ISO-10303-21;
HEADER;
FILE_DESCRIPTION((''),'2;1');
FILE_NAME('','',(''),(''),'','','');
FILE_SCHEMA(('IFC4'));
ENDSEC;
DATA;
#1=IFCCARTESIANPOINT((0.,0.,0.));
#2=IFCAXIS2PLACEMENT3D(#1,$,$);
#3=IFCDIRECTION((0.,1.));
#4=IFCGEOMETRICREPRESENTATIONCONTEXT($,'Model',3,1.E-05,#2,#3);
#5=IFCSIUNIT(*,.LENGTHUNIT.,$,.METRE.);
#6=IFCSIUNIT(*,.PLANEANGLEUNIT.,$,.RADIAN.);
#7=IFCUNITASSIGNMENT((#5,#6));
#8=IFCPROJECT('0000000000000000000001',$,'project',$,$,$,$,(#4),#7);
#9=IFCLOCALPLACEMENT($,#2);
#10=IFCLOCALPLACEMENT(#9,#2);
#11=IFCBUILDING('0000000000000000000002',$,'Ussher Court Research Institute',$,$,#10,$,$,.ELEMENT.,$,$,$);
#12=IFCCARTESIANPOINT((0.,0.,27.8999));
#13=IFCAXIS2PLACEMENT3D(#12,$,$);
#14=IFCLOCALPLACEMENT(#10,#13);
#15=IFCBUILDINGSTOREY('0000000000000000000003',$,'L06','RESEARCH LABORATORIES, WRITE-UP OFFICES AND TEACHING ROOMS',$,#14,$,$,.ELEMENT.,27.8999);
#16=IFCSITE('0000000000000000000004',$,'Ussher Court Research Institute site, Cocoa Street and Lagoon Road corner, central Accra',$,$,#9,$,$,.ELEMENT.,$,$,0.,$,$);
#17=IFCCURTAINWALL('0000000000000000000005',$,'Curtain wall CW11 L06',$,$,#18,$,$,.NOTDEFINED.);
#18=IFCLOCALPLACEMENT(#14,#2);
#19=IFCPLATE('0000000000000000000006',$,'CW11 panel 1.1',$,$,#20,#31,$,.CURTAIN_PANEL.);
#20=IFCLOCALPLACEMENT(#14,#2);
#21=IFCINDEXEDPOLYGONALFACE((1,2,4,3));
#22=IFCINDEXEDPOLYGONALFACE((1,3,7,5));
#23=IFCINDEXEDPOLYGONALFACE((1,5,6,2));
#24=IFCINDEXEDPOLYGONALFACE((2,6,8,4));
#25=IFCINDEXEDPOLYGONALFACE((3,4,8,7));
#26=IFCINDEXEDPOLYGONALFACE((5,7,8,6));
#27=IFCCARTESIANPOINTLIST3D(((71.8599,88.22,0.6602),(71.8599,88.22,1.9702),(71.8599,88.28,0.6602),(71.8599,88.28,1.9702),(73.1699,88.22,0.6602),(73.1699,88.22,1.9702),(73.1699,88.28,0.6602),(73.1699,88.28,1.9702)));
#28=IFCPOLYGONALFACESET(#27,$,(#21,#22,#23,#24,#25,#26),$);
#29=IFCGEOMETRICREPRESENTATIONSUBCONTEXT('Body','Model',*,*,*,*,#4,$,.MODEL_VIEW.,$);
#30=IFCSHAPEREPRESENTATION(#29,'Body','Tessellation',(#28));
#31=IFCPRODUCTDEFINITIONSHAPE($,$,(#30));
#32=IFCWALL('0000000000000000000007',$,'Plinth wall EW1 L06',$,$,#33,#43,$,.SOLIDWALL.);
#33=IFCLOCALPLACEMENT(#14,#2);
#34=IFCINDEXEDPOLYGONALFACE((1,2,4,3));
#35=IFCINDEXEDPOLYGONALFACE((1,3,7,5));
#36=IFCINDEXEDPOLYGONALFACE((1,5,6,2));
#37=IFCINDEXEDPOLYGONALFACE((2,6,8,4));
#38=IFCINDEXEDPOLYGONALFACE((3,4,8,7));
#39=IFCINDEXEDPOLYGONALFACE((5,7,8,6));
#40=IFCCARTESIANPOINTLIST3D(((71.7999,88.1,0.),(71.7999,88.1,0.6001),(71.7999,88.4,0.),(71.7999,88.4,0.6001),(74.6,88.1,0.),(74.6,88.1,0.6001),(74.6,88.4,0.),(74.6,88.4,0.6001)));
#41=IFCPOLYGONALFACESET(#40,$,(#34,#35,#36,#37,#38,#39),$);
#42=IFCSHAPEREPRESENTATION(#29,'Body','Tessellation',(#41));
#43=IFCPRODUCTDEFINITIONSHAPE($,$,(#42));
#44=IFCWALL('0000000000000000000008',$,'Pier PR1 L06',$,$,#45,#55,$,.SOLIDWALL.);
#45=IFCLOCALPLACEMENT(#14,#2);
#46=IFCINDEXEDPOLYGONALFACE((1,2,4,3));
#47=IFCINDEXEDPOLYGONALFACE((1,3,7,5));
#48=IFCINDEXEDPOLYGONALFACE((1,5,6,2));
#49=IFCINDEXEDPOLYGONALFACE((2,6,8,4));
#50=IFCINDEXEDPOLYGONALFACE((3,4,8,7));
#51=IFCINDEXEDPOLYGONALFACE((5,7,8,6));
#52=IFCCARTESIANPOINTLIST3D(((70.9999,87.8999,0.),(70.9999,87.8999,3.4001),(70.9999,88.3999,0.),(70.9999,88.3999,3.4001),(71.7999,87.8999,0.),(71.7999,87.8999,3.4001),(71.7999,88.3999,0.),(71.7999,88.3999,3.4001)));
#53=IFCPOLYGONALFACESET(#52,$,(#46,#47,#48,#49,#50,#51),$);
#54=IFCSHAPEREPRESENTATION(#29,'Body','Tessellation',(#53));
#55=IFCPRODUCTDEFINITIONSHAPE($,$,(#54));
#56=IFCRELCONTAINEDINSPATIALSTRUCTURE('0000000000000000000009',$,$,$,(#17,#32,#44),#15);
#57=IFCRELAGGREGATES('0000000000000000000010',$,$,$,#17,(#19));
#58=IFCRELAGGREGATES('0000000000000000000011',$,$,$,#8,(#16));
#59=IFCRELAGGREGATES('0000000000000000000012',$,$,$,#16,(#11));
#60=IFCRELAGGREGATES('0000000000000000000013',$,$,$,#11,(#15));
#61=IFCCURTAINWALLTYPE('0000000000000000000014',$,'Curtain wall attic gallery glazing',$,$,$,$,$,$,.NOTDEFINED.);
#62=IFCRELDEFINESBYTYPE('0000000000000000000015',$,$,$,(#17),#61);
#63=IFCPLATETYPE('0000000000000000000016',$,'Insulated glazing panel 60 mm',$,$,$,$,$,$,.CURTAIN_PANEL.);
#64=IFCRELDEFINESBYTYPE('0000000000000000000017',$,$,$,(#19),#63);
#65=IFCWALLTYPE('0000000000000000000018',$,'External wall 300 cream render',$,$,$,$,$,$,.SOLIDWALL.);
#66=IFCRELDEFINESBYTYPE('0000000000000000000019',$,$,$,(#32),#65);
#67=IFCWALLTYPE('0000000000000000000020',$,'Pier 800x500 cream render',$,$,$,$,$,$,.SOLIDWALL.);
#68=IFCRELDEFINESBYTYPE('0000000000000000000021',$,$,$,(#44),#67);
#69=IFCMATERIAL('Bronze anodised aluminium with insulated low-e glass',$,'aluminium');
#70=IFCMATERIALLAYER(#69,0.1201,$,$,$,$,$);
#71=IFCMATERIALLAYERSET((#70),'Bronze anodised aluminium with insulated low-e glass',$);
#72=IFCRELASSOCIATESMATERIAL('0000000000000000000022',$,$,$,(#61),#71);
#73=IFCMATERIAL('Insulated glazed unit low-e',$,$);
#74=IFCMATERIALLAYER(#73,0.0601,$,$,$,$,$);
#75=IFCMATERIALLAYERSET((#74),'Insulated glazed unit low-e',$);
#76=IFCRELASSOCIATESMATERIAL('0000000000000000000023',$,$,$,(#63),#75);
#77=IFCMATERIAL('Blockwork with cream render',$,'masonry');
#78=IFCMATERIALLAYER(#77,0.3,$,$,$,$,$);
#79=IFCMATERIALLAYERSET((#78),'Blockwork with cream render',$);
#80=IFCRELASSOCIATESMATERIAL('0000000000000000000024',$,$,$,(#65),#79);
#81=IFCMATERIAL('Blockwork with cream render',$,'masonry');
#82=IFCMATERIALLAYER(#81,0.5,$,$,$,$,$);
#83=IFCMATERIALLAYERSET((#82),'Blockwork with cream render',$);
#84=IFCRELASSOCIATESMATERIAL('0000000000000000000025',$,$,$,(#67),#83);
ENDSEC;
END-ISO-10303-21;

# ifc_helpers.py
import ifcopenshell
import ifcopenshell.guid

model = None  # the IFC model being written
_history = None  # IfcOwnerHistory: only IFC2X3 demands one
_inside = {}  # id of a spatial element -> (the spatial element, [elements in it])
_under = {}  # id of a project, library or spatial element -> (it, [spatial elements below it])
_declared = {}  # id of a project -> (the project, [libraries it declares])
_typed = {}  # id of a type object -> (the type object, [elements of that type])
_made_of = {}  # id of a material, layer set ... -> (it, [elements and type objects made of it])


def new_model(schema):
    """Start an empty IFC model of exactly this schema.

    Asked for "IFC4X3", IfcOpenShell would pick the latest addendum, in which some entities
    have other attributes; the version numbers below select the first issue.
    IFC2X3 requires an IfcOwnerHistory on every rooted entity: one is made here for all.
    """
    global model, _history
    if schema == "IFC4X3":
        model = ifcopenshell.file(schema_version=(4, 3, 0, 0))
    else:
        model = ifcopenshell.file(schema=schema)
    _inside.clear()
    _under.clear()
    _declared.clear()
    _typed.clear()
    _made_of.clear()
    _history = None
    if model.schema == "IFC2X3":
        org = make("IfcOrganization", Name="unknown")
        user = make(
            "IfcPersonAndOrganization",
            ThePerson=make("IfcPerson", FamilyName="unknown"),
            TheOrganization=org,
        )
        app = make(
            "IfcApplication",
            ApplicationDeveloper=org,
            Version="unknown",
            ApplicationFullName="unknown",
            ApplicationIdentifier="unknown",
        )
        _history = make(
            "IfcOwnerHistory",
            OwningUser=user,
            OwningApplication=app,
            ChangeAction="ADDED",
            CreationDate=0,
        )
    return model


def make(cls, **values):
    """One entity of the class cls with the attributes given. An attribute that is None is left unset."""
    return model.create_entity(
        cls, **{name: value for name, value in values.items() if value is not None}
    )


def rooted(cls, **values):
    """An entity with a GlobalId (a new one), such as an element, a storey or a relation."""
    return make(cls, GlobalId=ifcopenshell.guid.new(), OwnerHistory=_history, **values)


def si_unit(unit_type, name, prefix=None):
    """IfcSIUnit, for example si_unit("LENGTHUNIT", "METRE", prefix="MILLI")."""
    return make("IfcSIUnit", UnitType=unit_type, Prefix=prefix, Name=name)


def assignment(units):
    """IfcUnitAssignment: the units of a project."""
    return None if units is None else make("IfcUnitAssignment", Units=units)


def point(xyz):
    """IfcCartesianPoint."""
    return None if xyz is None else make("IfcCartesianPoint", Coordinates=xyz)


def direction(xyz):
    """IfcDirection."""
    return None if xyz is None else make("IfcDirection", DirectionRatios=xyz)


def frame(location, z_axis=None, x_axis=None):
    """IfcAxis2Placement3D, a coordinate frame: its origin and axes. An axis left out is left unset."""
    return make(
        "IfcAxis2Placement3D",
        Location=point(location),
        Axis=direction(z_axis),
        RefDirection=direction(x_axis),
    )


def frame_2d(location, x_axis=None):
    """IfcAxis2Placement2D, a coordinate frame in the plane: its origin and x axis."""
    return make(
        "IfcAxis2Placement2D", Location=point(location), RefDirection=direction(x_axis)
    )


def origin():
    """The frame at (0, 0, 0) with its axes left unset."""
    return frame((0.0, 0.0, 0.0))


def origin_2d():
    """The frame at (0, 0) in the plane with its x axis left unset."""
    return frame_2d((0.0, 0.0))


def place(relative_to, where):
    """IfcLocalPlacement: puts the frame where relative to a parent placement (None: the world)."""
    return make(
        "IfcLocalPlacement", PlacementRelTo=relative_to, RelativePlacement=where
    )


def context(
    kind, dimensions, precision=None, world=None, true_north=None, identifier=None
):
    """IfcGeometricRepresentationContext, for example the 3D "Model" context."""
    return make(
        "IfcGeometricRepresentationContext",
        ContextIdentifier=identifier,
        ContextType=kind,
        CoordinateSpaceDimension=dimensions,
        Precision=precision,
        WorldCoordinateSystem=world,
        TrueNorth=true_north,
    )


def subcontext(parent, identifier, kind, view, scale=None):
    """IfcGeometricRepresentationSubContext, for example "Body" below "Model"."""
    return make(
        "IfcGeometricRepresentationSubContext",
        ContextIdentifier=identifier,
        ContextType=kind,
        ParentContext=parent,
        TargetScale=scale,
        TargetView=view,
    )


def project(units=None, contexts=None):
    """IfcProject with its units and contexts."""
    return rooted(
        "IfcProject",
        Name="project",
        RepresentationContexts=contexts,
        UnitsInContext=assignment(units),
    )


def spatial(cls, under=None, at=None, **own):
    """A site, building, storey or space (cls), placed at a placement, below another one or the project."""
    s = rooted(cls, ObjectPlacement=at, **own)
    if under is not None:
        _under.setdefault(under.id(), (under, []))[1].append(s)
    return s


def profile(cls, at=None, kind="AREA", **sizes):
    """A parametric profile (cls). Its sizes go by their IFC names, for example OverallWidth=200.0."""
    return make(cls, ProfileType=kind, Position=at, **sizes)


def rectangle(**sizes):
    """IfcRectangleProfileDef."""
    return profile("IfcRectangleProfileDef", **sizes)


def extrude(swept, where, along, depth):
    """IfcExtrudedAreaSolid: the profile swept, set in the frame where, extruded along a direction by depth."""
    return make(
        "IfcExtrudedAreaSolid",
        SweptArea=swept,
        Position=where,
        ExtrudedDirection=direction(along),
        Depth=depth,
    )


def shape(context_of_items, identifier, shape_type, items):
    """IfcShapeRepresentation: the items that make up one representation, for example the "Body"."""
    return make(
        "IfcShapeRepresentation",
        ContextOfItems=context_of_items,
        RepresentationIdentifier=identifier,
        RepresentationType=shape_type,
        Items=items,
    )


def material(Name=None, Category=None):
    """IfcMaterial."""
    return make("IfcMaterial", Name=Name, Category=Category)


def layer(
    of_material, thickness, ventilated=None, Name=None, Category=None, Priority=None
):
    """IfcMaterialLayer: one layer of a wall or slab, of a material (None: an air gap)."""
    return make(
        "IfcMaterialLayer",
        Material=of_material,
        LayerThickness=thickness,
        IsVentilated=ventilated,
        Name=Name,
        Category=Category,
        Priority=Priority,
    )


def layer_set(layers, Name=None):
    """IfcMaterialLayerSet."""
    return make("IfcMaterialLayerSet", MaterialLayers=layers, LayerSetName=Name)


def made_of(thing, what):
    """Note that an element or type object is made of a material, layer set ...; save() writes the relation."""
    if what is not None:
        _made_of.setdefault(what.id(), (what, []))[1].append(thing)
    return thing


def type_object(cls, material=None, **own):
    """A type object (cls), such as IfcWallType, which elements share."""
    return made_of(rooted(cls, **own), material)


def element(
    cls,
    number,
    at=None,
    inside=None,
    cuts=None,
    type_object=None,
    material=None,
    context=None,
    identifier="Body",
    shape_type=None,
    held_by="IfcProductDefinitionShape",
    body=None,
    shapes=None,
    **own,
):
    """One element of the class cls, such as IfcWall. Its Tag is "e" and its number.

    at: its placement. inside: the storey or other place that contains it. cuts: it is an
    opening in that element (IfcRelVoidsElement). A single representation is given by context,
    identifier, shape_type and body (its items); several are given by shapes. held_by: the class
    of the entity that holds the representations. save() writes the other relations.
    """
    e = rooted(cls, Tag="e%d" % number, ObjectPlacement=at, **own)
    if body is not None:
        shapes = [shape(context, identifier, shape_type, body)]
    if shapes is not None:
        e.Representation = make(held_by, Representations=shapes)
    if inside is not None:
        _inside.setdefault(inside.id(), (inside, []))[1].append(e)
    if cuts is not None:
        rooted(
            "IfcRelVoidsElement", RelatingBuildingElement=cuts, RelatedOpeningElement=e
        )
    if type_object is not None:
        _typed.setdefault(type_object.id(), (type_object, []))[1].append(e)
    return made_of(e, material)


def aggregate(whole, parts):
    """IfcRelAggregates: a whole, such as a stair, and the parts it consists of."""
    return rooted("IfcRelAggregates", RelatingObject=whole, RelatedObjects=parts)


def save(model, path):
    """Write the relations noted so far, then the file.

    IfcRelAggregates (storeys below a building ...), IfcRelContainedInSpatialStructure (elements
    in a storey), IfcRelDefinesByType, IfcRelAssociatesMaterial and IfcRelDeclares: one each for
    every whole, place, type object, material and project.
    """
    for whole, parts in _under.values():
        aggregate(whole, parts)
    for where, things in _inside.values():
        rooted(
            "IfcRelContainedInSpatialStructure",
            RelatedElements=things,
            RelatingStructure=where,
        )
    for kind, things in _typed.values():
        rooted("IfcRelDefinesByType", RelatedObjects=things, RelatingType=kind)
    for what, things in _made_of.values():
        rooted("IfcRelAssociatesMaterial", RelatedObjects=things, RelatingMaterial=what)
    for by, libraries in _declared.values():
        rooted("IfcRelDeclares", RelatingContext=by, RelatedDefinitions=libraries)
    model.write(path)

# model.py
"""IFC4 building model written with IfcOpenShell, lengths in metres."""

from ifc_helpers import new_model, si_unit, direction, frame, frame_2d, origin, origin_2d, place, context, subcontext, project, spatial, rectangle, extrude, material, layer, layer_set, type_object, element, aggregate, save


model = new_model("IFC4")

# Units and contexts
model_context = context("Model", 3, precision=1e-05, world=origin(), true_north=direction((0.0, 1.0)))
body_context = subcontext(model_context, "Body", "Model", "MODEL_VIEW")
ifc_project = project(units=[si_unit("LENGTHUNIT", "METRE"), si_unit("PLANEANGLEUNIT", "RADIAN")], contexts=[model_context])

# Site, building, storey
site_placement = place(None, origin())
site = spatial("IfcSite", under=ifc_project, at=site_placement, Name="Ussher Court Research Institute site, Cocoa Street and Lagoon Road corner, central Accra", CompositionType="ELEMENT", RefElevation=0.0)
building_placement = place(site_placement, origin())
building = spatial("IfcBuilding", under=site, at=building_placement, Name="Ussher Court Research Institute", CompositionType="ELEMENT")
storey_placement = place(building_placement, frame((0.0, 0.0, 27.8999)))
storey = spatial("IfcBuildingStorey", under=building, at=storey_placement, Name="L06", Description="RESEARCH LABORATORIES, WRITE-UP OFFICES AND TEACHING ROOMS", CompositionType="ELEMENT", Elevation=27.8999)

# Shared definitions
ifc_material_1 = material(Name="Bronze anodised aluminium with insulated low-e glass", Category="aluminium")
ifc_layer_1 = layer(ifc_material_1, 0.1201)
ifc_layer_set_1 = layer_set([ifc_layer_1], Name="Bronze anodised aluminium with insulated low-e glass")
curtain_wall_type = type_object("IfcCurtainWallType", Name="Curtain wall attic gallery glazing", PredefinedType="NOTDEFINED", material=ifc_layer_set_1)

# Curtain wall
curtain_wall_1_placement = place(storey_placement, origin())
curtain_wall_1 = element("IfcCurtainWall", 1, at=curtain_wall_1_placement, inside=storey, type_object=curtain_wall_type, Name="Curtain wall CW11 L06", PredefinedType="NOTDEFINED")

# Plate
ifc_material_2 = material(Name="Insulated glazed unit low-e")
ifc_layer_2 = layer(ifc_material_2, 0.0601)
ifc_layer_set_2 = layer_set([ifc_layer_2], Name="Insulated glazed unit low-e")
plate_type = type_object("IfcPlateType", Name="Insulated glazing panel 60 mm", PredefinedType="CURTAIN_PANEL", material=ifc_layer_set_2)
plate_1_placement = place(storey_placement, frame((72.5149, 88.25, 0.6602), z_axis=(0.0, 0.0, 1.0), x_axis=(1.0, 0.0, 0.0)))
plate_1 = element("IfcPlate", 2, at=plate_1_placement, type_object=plate_type, Name="CW11 panel 1.1", PredefinedType="CURTAIN_PANEL", context=body_context, shape_type="SweptSolid", body=[
    extrude(rectangle(XDim=1.3101, YDim=0.0601, at=origin_2d()), origin(), (0.0, 0.0, 1.0), 1.3101),
])
aggregate(curtain_wall_1, [plate_1])

# Walls
ifc_material_3 = material(Name="Blockwork with cream render", Category="masonry")
ifc_layer_3 = layer(ifc_material_3, 0.3)
ifc_layer_set_3 = layer_set([ifc_layer_3], Name="Blockwork with cream render")
wall_type_1 = type_object("IfcWallType", Name="External wall 300 cream render", PredefinedType="SOLIDWALL", material=ifc_layer_set_3)
wall_1_placement = place(storey_placement, frame((71.8, 88.25, 0.0), z_axis=(0.0, 0.0, 1.0), x_axis=(1.0, 0.0, 0.0)))
element("IfcWall", 3, at=wall_1_placement, inside=storey, type_object=wall_type_1, Name="Plinth wall EW1 L06", PredefinedType="SOLIDWALL", context=body_context, shape_type="SweptSolid", body=[
    extrude(rectangle(XDim=2.8, YDim=0.3, at=frame_2d((1.3999, 0.0))), origin(), (0.0, 0.0, 1.0), 0.6001),
])
ifc_material_4 = material(Name="Blockwork with cream render", Category="masonry")
ifc_layer_4 = layer(ifc_material_4, 0.5)
ifc_layer_set_4 = layer_set([ifc_layer_4], Name="Blockwork with cream render")
wall_type_2 = type_object("IfcWallType", Name="Pier 800x500 cream render", PredefinedType="SOLIDWALL", material=ifc_layer_set_4)
wall_2_placement = place(storey_placement, frame((71.0, 88.1499, 0.0), z_axis=(0.0, 0.0, 1.0), x_axis=(1.0, 0.0, 0.0)))
element("IfcWall", 4, at=wall_2_placement, inside=storey, type_object=wall_type_2, Name="Pier PR1 L06", PredefinedType="SOLIDWALL", context=body_context, shape_type="SweptSolid", body=[
    extrude(rectangle(XDim=0.8, YDim=0.5, at=frame_2d((0.3999, 0.0))), origin(), (0.0, 0.0, 1.0), 3.4001),
])

save(model, "model.ifc")
